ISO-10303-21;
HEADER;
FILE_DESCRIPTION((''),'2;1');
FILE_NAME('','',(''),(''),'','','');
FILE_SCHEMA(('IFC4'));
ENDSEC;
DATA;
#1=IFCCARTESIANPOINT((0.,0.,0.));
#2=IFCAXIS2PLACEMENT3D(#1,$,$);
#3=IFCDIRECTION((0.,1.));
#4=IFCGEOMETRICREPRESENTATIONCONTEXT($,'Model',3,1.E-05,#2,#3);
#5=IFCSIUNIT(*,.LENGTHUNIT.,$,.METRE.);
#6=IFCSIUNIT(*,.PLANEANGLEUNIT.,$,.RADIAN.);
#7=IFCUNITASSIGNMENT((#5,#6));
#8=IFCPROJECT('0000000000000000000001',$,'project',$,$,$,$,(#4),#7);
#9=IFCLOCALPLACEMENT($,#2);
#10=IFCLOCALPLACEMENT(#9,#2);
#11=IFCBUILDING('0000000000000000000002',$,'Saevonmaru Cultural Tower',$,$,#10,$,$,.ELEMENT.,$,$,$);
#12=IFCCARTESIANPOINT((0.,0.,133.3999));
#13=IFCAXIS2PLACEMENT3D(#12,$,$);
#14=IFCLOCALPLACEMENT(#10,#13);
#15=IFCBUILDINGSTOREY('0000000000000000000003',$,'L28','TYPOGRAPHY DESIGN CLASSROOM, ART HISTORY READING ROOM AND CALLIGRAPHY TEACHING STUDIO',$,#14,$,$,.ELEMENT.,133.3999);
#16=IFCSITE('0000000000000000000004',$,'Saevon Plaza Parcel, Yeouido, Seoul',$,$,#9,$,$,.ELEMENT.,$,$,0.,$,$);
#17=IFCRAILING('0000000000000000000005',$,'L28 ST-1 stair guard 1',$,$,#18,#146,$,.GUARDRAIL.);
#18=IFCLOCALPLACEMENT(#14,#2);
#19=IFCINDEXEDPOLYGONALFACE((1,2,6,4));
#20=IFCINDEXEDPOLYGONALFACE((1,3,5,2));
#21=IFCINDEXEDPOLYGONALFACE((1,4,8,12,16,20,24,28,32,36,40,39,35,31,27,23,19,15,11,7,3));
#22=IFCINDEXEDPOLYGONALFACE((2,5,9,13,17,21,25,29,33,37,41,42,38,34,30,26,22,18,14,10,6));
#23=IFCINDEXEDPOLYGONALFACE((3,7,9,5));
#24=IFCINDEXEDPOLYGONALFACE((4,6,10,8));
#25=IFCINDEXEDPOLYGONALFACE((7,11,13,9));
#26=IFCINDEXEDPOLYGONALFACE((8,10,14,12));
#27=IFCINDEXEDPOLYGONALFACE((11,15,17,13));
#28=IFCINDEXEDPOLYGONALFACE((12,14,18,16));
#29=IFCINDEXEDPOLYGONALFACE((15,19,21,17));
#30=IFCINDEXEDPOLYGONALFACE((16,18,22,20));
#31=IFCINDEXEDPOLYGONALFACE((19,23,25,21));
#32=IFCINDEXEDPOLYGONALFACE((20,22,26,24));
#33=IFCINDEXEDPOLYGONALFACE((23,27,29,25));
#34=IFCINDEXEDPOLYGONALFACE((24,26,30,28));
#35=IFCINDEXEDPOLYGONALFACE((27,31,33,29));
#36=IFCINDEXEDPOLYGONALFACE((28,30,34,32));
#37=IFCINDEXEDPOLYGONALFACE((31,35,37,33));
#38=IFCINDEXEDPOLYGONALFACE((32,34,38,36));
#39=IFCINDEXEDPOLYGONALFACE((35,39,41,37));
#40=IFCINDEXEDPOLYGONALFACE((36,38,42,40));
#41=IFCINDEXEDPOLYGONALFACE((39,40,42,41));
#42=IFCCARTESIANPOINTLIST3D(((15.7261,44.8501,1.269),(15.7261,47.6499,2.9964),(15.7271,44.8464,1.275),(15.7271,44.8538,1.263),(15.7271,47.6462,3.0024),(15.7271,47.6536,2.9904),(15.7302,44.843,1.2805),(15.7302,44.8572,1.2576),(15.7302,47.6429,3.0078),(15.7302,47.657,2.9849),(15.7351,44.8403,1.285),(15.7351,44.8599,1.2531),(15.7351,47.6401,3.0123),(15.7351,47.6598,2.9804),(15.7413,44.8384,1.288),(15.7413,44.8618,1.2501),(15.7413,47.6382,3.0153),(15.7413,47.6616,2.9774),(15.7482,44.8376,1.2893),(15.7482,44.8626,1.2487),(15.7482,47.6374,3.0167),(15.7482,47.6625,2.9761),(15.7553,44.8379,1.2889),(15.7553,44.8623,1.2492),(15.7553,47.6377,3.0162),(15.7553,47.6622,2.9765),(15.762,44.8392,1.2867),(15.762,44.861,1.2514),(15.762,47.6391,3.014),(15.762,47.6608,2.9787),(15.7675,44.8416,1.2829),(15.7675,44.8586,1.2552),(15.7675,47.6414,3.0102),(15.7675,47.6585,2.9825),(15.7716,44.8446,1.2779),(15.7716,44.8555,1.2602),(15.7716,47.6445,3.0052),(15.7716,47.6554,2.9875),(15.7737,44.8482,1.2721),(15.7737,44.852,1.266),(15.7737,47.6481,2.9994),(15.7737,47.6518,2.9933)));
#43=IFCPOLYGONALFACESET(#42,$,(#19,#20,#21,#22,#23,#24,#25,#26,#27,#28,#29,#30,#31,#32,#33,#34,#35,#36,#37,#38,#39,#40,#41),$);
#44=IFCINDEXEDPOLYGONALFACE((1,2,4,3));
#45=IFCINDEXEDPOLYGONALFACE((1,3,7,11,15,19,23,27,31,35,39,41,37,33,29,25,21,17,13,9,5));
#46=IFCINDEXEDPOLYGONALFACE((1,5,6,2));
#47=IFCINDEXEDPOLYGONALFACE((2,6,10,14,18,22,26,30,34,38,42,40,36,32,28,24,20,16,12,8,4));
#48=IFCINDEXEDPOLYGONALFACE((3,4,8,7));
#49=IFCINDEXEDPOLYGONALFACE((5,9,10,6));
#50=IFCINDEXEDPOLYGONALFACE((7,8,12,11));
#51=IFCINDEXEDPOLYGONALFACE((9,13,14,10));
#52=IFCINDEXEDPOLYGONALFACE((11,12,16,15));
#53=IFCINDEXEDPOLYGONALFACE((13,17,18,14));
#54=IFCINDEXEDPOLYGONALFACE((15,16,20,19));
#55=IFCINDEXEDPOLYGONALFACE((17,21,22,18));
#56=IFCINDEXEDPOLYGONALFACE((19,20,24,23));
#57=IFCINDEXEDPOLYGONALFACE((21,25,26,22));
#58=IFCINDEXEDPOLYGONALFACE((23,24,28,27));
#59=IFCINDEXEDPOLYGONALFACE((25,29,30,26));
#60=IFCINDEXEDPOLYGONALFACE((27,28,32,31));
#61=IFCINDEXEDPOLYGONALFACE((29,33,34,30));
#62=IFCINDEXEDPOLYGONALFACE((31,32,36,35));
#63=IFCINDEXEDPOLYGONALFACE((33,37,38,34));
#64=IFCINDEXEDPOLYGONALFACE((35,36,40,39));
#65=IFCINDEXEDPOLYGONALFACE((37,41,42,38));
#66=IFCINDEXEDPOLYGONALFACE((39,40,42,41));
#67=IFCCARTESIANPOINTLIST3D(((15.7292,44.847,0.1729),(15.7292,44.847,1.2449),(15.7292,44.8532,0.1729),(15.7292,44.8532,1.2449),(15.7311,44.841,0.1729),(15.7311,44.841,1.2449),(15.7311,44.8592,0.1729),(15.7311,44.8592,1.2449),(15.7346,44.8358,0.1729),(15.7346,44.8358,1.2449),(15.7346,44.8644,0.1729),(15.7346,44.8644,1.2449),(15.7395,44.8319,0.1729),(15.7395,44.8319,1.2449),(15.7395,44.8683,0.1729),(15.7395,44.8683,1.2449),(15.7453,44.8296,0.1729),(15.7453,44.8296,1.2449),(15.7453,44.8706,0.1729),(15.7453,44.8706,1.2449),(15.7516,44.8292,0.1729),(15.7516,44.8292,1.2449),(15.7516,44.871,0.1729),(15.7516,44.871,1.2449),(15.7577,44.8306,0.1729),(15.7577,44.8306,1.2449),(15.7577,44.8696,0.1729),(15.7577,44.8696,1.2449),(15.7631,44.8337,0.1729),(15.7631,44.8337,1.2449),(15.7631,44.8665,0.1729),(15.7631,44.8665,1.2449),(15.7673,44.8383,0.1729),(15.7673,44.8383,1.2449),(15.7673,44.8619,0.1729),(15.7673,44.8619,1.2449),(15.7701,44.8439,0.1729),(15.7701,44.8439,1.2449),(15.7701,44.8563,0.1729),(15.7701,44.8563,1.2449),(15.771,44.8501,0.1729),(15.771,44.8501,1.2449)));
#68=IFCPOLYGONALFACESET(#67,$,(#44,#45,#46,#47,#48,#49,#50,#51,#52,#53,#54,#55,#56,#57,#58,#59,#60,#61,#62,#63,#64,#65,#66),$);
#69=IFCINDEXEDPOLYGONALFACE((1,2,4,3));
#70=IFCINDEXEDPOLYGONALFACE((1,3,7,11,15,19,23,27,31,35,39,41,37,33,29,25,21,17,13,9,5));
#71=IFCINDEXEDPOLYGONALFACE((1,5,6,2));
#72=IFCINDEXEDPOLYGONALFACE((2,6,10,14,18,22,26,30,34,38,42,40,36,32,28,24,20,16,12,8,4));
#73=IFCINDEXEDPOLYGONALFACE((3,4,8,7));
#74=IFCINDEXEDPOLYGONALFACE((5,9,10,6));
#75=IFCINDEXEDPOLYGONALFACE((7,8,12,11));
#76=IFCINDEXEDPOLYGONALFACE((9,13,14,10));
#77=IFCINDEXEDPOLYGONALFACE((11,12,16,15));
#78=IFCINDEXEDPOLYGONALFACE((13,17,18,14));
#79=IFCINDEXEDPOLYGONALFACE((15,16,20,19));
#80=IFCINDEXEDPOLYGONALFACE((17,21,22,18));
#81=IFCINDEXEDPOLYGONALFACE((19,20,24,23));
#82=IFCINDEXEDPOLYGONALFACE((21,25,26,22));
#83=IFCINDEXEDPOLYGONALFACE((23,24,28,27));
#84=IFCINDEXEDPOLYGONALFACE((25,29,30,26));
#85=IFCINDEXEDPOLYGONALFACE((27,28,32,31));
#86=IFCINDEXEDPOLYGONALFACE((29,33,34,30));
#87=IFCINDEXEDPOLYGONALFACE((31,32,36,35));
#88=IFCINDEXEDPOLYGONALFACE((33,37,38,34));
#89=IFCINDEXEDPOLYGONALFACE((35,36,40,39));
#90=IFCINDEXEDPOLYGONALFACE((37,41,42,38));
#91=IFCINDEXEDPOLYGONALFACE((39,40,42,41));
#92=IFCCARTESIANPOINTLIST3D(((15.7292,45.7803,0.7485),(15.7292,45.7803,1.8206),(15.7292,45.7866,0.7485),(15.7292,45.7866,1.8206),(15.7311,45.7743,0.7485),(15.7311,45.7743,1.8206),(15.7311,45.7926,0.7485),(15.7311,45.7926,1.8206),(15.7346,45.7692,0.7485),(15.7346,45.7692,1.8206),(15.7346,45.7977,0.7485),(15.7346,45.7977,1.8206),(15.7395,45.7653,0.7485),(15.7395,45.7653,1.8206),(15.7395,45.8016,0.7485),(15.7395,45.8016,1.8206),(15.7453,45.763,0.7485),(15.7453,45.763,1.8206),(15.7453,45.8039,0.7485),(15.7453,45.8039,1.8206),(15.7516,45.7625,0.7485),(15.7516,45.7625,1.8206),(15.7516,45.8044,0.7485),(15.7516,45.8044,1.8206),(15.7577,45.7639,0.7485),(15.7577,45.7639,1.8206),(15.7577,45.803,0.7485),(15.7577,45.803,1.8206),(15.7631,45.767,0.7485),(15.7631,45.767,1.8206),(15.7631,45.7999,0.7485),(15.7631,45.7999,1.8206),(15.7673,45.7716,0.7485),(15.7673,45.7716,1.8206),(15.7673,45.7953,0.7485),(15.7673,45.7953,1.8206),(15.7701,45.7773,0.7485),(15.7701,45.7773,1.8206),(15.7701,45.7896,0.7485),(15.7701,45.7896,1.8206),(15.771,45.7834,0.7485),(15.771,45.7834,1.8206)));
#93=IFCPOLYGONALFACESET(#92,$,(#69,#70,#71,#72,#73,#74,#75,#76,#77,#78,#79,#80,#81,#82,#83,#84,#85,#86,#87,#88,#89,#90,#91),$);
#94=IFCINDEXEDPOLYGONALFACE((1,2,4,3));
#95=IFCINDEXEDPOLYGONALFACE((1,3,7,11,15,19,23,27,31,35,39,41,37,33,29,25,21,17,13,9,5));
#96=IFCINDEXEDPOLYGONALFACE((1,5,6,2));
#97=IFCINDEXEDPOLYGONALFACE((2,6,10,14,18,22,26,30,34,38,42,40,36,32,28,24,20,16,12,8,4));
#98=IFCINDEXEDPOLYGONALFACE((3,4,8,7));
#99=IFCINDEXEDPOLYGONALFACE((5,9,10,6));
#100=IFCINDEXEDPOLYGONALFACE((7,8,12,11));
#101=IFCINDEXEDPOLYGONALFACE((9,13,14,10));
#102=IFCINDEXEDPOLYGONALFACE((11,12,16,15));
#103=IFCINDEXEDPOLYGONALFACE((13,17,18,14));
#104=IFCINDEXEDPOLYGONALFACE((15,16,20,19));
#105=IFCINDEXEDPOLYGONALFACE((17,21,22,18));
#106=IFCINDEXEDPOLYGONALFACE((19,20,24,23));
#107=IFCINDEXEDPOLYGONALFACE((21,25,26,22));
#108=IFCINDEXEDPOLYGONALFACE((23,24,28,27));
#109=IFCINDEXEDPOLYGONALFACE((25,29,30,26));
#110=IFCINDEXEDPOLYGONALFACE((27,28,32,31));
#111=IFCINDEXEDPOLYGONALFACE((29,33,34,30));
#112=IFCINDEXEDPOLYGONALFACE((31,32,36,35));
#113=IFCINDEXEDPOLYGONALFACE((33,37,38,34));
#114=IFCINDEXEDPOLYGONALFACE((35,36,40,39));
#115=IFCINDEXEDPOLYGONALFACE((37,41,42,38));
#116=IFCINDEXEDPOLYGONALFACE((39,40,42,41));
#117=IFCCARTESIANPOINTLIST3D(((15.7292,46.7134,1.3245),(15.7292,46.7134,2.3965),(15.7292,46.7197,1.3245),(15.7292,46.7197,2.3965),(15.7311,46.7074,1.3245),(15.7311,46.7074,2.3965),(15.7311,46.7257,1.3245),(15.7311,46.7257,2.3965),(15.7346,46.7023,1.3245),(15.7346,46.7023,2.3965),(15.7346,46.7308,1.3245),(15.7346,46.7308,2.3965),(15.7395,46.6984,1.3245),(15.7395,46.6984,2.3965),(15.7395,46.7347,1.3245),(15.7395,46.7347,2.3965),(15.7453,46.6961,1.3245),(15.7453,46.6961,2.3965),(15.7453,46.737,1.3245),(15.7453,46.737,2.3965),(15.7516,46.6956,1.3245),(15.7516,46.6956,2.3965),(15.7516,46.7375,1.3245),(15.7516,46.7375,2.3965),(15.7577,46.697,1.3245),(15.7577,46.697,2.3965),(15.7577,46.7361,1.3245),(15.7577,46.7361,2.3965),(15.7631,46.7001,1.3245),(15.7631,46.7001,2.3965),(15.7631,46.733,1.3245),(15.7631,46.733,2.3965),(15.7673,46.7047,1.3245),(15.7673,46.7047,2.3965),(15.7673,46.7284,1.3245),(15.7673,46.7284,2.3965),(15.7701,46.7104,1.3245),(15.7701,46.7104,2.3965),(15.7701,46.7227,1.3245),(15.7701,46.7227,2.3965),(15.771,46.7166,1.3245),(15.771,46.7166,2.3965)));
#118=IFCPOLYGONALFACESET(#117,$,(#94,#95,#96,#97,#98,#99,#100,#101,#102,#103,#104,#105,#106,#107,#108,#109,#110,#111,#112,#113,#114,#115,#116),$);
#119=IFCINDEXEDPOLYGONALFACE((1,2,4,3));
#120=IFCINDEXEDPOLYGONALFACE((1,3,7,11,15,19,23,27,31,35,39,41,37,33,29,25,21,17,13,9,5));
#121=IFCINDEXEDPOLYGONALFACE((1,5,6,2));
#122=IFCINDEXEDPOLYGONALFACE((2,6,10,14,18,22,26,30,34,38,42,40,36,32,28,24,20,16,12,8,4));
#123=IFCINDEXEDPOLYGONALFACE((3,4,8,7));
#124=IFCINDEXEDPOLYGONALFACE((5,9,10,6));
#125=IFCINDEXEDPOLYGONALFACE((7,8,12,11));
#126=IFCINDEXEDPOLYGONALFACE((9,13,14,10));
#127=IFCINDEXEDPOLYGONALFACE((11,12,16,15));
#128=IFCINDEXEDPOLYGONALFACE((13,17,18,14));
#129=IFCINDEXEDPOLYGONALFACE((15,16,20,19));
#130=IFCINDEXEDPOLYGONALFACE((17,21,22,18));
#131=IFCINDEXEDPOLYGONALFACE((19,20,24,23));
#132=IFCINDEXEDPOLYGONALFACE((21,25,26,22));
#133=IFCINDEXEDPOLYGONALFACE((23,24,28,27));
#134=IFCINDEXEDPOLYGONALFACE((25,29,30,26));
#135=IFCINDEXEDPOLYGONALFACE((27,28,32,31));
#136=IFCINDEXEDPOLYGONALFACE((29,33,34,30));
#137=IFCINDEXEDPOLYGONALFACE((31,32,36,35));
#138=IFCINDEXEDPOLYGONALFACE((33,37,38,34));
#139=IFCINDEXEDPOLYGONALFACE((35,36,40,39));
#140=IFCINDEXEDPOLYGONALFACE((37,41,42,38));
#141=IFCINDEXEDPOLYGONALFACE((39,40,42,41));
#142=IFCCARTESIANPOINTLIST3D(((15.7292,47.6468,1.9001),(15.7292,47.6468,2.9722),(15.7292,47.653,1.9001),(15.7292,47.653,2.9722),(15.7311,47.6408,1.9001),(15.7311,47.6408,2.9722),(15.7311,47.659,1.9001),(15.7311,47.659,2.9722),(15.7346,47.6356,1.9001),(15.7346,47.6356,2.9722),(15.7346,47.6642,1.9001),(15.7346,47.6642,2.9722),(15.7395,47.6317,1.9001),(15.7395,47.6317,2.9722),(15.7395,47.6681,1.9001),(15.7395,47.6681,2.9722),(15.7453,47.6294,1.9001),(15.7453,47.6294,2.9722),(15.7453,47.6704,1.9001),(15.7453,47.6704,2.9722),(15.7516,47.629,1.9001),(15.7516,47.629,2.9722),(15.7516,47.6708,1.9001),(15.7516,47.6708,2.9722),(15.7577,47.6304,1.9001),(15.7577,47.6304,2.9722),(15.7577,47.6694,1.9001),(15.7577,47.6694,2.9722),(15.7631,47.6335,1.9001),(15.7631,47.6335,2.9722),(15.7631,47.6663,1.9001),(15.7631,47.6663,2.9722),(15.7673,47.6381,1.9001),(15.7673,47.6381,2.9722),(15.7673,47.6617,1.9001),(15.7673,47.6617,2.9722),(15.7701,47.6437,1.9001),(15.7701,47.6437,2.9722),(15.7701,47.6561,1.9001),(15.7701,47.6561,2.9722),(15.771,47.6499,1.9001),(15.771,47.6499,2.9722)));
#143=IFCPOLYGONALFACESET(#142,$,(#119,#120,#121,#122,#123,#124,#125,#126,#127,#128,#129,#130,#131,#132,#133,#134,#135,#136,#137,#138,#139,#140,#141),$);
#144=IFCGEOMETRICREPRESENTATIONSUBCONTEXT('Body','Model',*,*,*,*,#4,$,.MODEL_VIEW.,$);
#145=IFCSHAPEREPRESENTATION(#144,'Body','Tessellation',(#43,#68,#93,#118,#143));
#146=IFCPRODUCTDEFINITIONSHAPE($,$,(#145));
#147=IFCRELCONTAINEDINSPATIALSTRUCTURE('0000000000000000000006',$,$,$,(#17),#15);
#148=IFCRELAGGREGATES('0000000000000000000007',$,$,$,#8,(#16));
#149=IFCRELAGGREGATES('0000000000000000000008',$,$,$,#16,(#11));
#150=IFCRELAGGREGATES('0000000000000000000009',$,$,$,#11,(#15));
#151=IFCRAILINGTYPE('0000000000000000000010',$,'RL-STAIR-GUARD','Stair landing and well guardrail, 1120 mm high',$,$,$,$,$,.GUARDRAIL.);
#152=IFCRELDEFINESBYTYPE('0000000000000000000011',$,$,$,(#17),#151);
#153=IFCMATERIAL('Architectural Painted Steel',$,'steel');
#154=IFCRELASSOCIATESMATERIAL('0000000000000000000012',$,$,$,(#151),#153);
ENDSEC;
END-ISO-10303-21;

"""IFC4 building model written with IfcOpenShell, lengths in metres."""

from ifc_helpers import new_model, si_unit, direction, frame, origin, origin_2d, place, context, subcontext, project, spatial, circle, extrude, material, type_object, element, save


model = new_model("IFC4")

# Units and contexts
model_context = context("Model", 3, precision=1e-05, world=origin(), true_north=direction((0.0, 1.0)))
body_context = subcontext(model_context, "Body", "Model", "MODEL_VIEW")
ifc_project = project(units=[si_unit("LENGTHUNIT", "METRE"), si_unit("PLANEANGLEUNIT", "RADIAN")], contexts=[model_context])

# Site, building, storey
site_placement = place(None, origin())
site = spatial("IfcSite", under=ifc_project, at=site_placement, Name="Saevon Plaza Parcel, Yeouido, Seoul", CompositionType="ELEMENT", RefElevation=0.0)
building_placement = place(site_placement, origin())
building = spatial("IfcBuilding", under=site, at=building_placement, Name="Saevonmaru Cultural Tower", CompositionType="ELEMENT")
storey_placement = place(building_placement, frame((0.0, 0.0, 133.3999)))
storey = spatial("IfcBuildingStorey", under=building, at=storey_placement, Name="L28", Description="TYPOGRAPHY DESIGN CLASSROOM, ART HISTORY READING ROOM AND CALLIGRAPHY TEACHING STUDIO", CompositionType="ELEMENT", Elevation=133.3999)

# Railing
ifc_material_1 = material(Name="Architectural Painted Steel", Category="steel")
railing_type_1 = type_object("IfcRailingType", Name="RL-STAIR-GUARD", Description="Stair landing and well guardrail, 1120 mm high", PredefinedType="GUARDRAIL", material=ifc_material_1)
railing_1_placement = place(storey_placement, frame((15.75, 44.8501, 0.1729)))
element("IfcRailing", 1, at=railing_1_placement, inside=storey, type_object=railing_type_1, Name="L28 ST-1 stair guard 1", PredefinedType="GUARDRAIL", context=body_context, shape_type="SweptSolid", body=[
    extrude(circle(Radius=0.0239, at=origin_2d()), frame((0.0, 0.0, 1.0962), z_axis=(0.0, 0.851069, 0.525054), x_axis=(-1.0, 0.0, 0.0)), (0.0, 0.0, 1.0), 3.2898),
    extrude(circle(Radius=0.021, at=origin_2d()), origin(), (0.0, 0.0, 1.0), 1.072),
    extrude(circle(Radius=0.021, at=origin_2d()), frame((0.0, 0.9333, 0.5757)), (0.0, 0.0, 1.0), 1.072),
    extrude(circle(Radius=0.021, at=origin_2d()), frame((0.0, 1.8665, 1.1516)), (0.0, 0.0, 1.0), 1.072),
    extrude(circle(Radius=0.021, at=origin_2d()), frame((0.0, 2.7998, 1.7273)), (0.0, 0.0, 1.0), 1.072),
])

save(model, "model.ifc")
